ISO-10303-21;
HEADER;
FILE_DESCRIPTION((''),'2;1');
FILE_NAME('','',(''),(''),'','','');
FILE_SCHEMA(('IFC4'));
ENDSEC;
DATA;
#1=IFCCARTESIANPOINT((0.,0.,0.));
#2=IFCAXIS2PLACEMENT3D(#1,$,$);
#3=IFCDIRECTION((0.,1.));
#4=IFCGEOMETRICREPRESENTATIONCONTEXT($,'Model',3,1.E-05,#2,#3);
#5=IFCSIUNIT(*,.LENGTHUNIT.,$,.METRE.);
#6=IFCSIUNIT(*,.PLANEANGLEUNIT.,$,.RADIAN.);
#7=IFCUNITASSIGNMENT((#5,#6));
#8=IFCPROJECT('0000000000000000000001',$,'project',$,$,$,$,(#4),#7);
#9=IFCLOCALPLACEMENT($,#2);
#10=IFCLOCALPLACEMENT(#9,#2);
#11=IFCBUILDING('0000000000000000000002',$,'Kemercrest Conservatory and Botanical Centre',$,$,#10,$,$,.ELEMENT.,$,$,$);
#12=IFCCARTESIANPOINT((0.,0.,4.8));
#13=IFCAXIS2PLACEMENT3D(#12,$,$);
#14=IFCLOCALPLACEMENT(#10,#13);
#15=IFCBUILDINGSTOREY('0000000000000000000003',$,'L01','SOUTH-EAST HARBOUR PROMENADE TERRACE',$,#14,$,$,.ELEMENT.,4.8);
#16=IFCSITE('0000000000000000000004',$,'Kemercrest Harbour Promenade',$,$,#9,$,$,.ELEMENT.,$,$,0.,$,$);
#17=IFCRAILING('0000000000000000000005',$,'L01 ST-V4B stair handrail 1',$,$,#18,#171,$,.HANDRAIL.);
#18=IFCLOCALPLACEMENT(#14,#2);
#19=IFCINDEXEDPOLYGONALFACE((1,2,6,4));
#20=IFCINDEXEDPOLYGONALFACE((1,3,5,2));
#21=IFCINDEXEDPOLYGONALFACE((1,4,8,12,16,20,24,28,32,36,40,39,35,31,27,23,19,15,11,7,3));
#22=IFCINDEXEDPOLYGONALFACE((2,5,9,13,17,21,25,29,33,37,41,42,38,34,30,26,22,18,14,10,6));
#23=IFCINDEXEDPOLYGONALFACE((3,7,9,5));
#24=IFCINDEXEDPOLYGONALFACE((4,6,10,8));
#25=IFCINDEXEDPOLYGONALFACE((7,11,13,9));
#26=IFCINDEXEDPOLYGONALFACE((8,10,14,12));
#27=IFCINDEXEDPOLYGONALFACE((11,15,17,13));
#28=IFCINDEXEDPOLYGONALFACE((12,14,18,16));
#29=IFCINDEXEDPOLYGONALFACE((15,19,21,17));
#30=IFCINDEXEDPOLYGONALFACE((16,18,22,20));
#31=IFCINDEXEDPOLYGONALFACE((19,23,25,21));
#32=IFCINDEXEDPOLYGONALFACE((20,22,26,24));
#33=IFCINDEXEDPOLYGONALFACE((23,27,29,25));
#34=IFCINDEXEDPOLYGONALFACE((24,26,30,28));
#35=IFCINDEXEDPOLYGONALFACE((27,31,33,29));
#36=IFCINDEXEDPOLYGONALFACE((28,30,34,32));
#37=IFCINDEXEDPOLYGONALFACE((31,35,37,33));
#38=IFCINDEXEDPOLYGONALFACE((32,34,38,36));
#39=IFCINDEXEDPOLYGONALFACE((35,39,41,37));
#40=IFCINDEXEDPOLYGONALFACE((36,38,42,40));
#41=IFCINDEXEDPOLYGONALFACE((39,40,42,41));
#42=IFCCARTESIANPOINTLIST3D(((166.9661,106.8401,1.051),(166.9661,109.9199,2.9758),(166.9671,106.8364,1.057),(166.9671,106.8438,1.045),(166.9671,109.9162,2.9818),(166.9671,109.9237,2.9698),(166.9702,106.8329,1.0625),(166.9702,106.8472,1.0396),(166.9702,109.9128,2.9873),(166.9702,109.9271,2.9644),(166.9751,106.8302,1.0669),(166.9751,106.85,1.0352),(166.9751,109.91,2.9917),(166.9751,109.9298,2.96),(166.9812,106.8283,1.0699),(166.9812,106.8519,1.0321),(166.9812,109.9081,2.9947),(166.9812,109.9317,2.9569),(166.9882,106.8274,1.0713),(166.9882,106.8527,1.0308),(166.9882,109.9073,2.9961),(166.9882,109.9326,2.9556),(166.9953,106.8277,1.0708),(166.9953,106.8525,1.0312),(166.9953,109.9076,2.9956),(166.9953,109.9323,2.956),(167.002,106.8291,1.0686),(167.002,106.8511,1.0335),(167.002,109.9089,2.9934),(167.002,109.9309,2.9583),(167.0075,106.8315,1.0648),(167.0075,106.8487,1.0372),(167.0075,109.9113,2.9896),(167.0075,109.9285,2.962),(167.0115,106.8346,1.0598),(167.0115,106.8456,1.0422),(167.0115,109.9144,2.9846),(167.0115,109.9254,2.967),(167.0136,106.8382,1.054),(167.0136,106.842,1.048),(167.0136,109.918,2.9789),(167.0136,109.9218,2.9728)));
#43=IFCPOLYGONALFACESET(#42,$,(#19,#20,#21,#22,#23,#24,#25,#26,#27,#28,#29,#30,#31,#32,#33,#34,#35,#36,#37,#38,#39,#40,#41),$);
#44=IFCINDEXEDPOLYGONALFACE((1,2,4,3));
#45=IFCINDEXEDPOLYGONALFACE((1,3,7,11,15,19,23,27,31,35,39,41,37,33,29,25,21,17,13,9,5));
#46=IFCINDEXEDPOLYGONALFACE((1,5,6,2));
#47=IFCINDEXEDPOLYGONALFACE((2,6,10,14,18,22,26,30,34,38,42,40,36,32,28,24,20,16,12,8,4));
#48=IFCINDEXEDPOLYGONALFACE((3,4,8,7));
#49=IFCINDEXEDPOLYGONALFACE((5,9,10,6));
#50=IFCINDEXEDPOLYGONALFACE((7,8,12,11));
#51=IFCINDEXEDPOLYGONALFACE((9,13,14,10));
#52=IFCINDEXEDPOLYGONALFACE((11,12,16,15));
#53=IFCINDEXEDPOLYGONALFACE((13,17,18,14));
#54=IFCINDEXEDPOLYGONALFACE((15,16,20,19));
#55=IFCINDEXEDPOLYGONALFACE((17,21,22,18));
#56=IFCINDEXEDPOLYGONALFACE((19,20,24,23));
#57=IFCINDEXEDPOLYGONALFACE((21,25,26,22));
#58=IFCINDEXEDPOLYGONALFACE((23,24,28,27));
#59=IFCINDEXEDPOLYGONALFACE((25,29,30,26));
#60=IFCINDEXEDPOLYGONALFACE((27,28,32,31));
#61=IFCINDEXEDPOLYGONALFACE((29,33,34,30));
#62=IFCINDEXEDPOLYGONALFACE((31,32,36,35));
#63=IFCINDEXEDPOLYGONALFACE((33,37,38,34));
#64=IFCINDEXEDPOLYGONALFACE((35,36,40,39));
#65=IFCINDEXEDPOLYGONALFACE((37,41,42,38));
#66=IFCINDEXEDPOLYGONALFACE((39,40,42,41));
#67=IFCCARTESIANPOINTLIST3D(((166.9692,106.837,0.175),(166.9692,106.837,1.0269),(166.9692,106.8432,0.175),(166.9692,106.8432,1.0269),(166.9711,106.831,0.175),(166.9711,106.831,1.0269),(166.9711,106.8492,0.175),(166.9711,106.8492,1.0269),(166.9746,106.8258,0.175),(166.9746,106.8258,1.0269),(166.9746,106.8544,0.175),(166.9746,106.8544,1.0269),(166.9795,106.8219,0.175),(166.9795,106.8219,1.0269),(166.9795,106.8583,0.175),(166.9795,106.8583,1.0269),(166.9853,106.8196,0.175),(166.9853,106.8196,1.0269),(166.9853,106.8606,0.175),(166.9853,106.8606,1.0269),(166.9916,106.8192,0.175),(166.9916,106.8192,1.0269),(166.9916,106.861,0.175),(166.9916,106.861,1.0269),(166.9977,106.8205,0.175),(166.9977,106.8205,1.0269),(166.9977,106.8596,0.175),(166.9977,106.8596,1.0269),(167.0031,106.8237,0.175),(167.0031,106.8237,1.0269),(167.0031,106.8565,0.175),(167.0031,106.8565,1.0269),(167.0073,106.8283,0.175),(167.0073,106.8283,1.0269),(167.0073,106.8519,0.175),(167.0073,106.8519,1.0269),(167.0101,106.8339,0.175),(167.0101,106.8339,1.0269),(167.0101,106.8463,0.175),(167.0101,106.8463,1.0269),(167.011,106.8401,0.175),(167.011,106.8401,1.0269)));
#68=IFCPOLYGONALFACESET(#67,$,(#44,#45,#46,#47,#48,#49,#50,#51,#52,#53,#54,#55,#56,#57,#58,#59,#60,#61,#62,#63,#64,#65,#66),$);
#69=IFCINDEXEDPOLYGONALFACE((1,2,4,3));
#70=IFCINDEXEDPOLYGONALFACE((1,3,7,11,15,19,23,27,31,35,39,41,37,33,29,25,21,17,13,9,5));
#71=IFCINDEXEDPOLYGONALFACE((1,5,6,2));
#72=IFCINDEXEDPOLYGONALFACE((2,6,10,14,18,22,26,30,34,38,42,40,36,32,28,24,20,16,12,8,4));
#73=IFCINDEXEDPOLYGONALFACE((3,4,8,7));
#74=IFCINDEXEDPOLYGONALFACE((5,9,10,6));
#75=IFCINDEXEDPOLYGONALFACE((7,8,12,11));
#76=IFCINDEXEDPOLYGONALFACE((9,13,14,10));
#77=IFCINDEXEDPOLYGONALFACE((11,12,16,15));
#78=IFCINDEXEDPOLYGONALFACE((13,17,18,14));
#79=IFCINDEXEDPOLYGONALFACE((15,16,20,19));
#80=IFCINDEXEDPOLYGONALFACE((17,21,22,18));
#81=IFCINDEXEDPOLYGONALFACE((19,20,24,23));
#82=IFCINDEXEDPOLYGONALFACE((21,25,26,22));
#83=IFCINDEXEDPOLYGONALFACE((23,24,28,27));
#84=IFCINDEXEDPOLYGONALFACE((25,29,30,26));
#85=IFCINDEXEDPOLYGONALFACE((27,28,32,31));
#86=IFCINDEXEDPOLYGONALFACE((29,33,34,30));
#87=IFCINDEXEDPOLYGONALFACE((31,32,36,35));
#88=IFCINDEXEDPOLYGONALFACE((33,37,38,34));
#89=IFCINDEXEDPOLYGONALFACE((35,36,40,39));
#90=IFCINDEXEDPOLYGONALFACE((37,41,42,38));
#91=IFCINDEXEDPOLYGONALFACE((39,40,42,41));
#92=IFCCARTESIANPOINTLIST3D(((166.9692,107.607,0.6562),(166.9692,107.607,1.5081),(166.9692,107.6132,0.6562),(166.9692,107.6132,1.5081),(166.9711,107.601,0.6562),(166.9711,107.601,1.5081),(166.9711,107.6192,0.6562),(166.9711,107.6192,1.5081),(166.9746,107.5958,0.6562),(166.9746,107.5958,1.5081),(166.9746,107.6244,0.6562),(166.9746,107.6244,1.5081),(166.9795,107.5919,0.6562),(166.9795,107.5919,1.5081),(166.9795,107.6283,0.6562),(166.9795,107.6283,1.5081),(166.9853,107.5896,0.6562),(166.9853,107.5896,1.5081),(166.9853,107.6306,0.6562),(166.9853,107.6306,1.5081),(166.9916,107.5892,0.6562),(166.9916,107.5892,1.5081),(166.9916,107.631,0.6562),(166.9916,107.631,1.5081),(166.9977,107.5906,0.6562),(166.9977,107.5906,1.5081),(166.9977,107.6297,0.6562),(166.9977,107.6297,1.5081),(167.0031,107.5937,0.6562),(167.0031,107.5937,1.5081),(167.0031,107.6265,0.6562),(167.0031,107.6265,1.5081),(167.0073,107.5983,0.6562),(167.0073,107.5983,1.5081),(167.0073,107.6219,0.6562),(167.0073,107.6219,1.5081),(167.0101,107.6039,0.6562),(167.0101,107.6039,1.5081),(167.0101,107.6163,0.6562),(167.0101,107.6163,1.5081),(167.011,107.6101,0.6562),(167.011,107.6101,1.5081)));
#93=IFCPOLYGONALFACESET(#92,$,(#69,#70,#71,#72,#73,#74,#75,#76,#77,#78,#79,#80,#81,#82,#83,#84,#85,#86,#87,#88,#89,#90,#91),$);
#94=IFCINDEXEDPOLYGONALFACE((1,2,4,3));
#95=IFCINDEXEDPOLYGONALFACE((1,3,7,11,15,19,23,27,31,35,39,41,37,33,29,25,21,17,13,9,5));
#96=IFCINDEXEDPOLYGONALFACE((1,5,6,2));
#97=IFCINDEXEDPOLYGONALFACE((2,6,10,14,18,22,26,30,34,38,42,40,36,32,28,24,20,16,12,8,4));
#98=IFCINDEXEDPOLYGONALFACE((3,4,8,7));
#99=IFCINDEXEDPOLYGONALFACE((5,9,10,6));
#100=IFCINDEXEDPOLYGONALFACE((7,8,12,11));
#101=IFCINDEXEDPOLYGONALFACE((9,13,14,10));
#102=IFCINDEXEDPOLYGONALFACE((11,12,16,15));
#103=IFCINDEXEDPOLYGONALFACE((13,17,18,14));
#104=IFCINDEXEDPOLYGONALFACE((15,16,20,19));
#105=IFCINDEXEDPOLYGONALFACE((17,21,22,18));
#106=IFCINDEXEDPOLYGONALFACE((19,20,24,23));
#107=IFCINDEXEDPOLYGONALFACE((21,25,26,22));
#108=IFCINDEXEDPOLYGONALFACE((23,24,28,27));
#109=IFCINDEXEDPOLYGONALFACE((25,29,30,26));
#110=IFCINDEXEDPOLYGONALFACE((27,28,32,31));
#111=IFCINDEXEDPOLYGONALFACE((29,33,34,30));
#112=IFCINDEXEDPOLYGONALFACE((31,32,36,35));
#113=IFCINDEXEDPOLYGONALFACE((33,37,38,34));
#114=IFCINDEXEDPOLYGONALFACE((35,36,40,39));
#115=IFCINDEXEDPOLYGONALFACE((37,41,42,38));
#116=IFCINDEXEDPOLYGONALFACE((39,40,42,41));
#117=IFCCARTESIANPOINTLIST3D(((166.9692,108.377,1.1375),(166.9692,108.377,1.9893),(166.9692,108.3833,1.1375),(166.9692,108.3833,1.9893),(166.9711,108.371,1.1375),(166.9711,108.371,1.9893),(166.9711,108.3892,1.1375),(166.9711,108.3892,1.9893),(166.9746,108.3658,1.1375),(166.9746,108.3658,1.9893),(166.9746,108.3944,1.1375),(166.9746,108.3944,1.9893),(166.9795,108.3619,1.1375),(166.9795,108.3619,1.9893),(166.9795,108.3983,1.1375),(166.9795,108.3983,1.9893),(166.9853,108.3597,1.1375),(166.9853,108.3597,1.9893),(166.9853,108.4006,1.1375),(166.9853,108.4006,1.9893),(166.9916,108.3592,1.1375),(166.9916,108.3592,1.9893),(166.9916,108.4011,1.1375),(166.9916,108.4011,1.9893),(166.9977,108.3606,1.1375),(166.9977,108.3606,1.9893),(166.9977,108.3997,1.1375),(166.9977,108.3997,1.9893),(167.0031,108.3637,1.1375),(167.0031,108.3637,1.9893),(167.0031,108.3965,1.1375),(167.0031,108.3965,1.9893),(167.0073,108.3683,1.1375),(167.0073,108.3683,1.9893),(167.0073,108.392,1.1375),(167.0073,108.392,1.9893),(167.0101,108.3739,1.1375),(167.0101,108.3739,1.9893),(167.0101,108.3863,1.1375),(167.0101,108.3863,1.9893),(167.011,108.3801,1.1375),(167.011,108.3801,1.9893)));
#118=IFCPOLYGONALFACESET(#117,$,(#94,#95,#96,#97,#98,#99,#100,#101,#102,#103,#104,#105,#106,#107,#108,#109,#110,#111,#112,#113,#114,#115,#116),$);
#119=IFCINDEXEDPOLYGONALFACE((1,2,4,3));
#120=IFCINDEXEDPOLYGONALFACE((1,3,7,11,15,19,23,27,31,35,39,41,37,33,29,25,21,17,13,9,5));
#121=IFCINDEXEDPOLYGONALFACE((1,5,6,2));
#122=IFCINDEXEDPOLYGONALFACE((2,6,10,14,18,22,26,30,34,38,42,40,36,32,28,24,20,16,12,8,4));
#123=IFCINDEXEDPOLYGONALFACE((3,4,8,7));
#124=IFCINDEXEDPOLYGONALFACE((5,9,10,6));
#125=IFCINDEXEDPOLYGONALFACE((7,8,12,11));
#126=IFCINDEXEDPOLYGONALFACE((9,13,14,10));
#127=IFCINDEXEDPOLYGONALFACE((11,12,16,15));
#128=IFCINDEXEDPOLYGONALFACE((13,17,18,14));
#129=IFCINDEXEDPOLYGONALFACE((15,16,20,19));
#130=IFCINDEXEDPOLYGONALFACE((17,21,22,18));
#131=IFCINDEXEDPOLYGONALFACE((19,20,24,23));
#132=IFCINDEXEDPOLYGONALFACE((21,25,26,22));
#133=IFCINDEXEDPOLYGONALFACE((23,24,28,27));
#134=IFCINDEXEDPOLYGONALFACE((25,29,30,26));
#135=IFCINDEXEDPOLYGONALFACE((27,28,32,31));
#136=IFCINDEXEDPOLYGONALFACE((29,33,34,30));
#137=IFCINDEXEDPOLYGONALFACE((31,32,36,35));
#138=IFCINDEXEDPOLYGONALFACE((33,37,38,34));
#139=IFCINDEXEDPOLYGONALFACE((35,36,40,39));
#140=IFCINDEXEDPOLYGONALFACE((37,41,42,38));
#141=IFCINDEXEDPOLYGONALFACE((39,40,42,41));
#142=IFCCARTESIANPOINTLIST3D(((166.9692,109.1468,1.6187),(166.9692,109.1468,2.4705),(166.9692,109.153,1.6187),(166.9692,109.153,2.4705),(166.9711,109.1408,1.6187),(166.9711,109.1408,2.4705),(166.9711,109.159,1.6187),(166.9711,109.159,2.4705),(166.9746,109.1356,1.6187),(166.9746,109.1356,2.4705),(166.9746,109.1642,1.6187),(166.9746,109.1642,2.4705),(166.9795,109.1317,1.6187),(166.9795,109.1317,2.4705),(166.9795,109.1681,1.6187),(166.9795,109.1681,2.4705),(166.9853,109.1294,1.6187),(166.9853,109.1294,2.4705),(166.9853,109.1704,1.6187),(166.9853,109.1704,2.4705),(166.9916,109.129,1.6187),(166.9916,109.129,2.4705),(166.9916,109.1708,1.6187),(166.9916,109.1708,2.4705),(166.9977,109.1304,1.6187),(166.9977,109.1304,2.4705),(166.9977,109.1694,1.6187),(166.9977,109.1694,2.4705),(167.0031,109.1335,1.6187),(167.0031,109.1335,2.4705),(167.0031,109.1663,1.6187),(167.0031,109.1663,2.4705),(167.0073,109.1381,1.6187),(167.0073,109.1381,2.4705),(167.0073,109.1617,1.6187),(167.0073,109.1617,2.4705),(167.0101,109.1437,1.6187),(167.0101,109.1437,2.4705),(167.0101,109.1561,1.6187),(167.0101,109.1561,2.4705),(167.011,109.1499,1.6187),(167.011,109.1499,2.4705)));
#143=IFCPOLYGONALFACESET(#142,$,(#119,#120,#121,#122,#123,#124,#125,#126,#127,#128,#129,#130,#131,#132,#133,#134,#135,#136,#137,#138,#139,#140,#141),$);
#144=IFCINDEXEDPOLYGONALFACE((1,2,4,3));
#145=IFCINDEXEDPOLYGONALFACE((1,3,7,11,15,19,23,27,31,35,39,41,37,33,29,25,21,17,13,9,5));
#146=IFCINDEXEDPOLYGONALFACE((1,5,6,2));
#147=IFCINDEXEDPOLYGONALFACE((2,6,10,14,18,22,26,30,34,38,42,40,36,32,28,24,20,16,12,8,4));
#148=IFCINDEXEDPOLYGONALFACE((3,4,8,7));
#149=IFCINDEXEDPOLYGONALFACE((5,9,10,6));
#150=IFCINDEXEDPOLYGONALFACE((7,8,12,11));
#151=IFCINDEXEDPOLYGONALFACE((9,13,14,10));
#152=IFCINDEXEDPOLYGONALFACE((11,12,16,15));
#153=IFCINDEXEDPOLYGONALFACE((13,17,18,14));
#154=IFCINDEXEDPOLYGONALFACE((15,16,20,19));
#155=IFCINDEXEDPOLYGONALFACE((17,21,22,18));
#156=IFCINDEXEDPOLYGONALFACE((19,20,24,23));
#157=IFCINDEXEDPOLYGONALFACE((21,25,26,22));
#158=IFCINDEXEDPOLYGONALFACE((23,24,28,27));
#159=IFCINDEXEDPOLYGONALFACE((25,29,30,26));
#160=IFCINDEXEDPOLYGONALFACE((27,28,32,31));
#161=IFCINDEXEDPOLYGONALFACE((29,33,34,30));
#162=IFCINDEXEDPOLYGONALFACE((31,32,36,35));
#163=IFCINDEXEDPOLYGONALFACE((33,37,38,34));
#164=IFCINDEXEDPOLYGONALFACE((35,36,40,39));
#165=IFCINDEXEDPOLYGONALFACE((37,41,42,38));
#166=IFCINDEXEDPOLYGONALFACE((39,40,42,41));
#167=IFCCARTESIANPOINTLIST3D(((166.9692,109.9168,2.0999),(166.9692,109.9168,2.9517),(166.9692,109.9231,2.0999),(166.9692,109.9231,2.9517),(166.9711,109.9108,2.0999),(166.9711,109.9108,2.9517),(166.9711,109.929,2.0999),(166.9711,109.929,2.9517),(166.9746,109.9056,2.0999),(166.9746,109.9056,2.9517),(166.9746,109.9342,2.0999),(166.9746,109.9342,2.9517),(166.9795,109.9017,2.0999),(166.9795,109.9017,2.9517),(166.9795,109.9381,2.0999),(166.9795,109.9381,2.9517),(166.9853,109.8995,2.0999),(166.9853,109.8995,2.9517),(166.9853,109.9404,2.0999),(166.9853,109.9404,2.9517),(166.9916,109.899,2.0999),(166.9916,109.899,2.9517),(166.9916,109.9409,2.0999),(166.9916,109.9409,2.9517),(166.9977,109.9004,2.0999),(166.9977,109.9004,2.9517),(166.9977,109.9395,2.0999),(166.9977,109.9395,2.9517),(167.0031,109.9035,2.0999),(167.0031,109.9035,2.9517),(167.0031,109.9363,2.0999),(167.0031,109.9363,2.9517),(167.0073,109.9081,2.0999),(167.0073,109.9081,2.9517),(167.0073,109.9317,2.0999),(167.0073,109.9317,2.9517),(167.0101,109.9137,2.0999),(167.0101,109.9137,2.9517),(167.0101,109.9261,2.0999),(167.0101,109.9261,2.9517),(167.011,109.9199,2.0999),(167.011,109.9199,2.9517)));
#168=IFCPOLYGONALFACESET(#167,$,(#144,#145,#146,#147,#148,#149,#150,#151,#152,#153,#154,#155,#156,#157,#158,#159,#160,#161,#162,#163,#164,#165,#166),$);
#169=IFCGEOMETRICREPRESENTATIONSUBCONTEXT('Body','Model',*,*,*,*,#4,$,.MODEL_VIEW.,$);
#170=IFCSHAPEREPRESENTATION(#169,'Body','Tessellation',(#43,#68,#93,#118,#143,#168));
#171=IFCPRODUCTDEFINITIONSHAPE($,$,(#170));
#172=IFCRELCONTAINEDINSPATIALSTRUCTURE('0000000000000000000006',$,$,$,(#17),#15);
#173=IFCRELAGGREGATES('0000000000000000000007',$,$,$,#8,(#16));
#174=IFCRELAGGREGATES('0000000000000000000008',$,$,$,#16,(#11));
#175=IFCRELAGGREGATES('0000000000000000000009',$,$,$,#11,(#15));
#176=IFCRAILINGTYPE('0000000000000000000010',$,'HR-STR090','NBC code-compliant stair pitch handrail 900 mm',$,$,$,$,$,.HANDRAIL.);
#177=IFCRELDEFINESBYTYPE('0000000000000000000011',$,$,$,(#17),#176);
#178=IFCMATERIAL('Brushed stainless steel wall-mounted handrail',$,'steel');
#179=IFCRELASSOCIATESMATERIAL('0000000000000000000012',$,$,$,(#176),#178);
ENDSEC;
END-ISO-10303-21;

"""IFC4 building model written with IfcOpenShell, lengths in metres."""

from ifc_helpers import new_model, si_unit, direction, frame, origin, origin_2d, place, context, subcontext, project, spatial, circle, extrude, material, type_object, element, save


model = new_model("IFC4")

# Units and contexts
model_context = context("Model", 3, precision=1e-05, world=origin(), true_north=direction((0.0, 1.0)))
body_context = subcontext(model_context, "Body", "Model", "MODEL_VIEW")
ifc_project = project(units=[si_unit("LENGTHUNIT", "METRE"), si_unit("PLANEANGLEUNIT", "RADIAN")], contexts=[model_context])

# Site, building, storey
site_placement = place(None, origin())
site = spatial("IfcSite", under=ifc_project, at=site_placement, Name="Kemercrest Harbour Promenade", CompositionType="ELEMENT", RefElevation=0.0)
building_placement = place(site_placement, origin())
building = spatial("IfcBuilding", under=site, at=building_placement, Name="Kemercrest Conservatory and Botanical Centre", CompositionType="ELEMENT")
storey_placement = place(building_placement, frame((0.0, 0.0, 4.8)))
storey = spatial("IfcBuildingStorey", under=building, at=storey_placement, Name="L01", Description="SOUTH-EAST HARBOUR PROMENADE TERRACE", CompositionType="ELEMENT", Elevation=4.8)

# Railing
ifc_material_1 = material(Name="Brushed stainless steel wall-mounted handrail", Category="steel")
railing_type_1 = type_object("IfcRailingType", Name="HR-STR090", Description="NBC code-compliant stair pitch handrail 900 mm", PredefinedType="HANDRAIL", material=ifc_material_1)
railing_1_placement = place(storey_placement, frame((166.99, 106.8401, 0.175)))
element("IfcRailing", 1, at=railing_1_placement, inside=storey, type_object=railing_type_1, Name="L01 ST-V4B stair handrail 1", PredefinedType="HANDRAIL", context=body_context, shape_type="SweptSolid", body=[
    extrude(circle(Radius=0.0239, at=origin_2d()), frame((0.0, 0.0, 0.876), z_axis=(0.0, 0.84801, 0.529981), x_axis=(-1.0, 0.0, 0.0)), (0.0, 0.0, 1.0), 3.6318),
    extrude(circle(Radius=0.021, at=origin_2d()), origin(), (0.0, 0.0, 1.0), 0.8518),
    extrude(circle(Radius=0.021, at=origin_2d()), frame((0.0, 0.77, 0.4812)), (0.0, 0.0, 1.0), 0.8518),
    extrude(circle(Radius=0.021, at=origin_2d()), frame((0.0, 1.54, 0.9624)), (0.0, 0.0, 1.0), 0.8518),
    extrude(circle(Radius=0.021, at=origin_2d()), frame((0.0, 2.3098, 1.4436)), (0.0, 0.0, 1.0), 0.8518),
    extrude(circle(Radius=0.021, at=origin_2d()), frame((0.0, 3.0798, 1.9248)), (0.0, 0.0, 1.0), 0.8518),
])

save(model, "model.ifc")
